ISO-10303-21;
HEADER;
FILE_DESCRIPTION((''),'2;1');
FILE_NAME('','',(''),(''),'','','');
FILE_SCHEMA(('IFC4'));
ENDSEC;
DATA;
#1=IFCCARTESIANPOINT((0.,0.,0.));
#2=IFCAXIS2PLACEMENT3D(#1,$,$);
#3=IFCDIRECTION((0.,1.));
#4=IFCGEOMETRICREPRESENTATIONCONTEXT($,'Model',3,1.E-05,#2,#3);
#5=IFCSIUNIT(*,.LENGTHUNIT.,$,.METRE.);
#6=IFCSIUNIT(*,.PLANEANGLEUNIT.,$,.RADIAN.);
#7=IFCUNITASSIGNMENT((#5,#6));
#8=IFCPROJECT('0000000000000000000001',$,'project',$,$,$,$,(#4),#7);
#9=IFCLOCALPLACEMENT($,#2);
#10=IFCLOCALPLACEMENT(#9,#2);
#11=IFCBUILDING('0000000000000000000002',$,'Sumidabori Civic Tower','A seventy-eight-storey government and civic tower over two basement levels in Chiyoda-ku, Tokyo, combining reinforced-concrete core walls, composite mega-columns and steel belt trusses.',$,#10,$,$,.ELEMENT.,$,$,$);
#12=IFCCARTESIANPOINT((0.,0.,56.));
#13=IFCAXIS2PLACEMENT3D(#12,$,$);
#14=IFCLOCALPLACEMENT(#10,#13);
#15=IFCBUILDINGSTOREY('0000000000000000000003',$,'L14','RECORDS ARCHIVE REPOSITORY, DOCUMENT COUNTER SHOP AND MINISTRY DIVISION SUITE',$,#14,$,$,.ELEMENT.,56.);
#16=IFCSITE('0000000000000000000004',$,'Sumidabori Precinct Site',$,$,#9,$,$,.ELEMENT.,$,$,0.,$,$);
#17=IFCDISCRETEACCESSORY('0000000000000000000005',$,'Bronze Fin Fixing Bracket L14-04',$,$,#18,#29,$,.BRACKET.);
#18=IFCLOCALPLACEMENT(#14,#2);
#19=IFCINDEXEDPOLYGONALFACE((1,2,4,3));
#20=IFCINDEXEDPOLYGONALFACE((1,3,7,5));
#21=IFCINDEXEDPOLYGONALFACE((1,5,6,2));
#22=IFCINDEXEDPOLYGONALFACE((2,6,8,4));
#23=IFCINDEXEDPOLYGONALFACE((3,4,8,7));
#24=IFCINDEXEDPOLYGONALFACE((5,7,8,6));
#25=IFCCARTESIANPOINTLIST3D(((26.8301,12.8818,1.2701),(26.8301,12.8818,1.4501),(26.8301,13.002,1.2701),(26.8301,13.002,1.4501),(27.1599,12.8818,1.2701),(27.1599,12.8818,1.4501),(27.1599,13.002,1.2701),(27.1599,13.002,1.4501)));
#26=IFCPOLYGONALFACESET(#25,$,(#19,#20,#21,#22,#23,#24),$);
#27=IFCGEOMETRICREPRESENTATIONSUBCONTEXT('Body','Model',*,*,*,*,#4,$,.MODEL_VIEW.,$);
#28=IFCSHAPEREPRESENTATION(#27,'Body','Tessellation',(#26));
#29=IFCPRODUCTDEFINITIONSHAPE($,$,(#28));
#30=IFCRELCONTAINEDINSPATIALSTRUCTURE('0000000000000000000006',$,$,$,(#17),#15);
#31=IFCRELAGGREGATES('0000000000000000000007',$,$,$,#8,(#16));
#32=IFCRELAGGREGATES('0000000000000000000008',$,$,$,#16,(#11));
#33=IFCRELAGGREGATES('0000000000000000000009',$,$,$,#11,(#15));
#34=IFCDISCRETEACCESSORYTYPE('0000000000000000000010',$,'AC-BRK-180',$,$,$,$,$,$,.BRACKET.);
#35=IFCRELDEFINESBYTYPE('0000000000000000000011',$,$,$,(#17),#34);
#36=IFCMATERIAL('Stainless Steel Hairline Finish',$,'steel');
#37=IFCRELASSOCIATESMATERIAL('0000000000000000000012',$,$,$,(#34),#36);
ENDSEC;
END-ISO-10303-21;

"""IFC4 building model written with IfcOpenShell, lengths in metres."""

from ifc_helpers import new_model, si_unit, direction, frame, origin, origin_2d, place, context, subcontext, project, spatial, rectangle, extrude, source, transform, mapped, material, material_profile, profile_set, type_object, element, save


model = new_model("IFC4")

# Units and contexts
model_context = context("Model", 3, precision=1e-05, world=origin(), true_north=direction((0.0, 1.0)))
body_context = subcontext(model_context, "Body", "Model", "MODEL_VIEW")
ifc_project = project(units=[si_unit("LENGTHUNIT", "METRE"), si_unit("PLANEANGLEUNIT", "RADIAN")], contexts=[model_context])

# Site, building, storey
site_placement = place(None, origin())
site = spatial("IfcSite", under=ifc_project, at=site_placement, Name="Sumidabori Precinct Site", CompositionType="ELEMENT", RefElevation=0.0)
building_placement = place(site_placement, origin())
building = spatial("IfcBuilding", under=site, at=building_placement, Name="Sumidabori Civic Tower", Description="A seventy-eight-storey government and civic tower over two basement levels in Chiyoda-ku, Tokyo, combining reinforced-concrete core walls, composite mega-columns and steel belt trusses.", CompositionType="ELEMENT")
storey_placement = place(building_placement, frame((0.0, 0.0, 56.0)))
storey = spatial("IfcBuildingStorey", under=building, at=storey_placement, Name="L14", Description="RECORDS ARCHIVE REPOSITORY, DOCUMENT COUNTER SHOP AND MINISTRY DIVISION SUITE", CompositionType="ELEMENT", Elevation=56.0)

# Shared definitions
ifc_material_1 = material(Name="Stainless Steel Hairline Finish", Category="steel")

# Discrete accessory
ifc_material_profile_1 = material_profile(ifc_material_1, rectangle(XDim=0.1201, YDim=0.1799, at=origin_2d()), Name="STEEL BRACKET 180x120")
ifc_profile_set_1 = profile_set([ifc_material_profile_1], Name="Stainless Steel Hairline Finish")
discrete_accessory_type = type_object("IfcDiscreteAccessoryType", Name="AC-BRK-180", PredefinedType="BRACKET", material=ifc_profile_set_1)
shared_shape_1 = source(origin(), body_context, "Body", "SweptSolid", [
    extrude(rectangle(XDim=0.1201, YDim=0.1799, at=origin_2d()), origin(), (0.0, 0.0, 1.0), 0.3298),
])
discrete_accessory_placement = place(storey_placement, frame((26.8301, 12.9419, 1.3601), z_axis=(1.0, 0.0, 0.0), x_axis=(0.0, 1.0, 0.0)))
element("IfcDiscreteAccessory", 1, at=discrete_accessory_placement, inside=storey, type_object=discrete_accessory_type, Name="Bronze Fin Fixing Bracket L14-04", PredefinedType="BRACKET", context=body_context, shape_type="MappedRepresentation", body=[
    mapped(shared_shape_1, transform((0.0, 0.0, 0.0), x_axis=(1.0, 0.0, 0.0), y_axis=(0.0, 1.0, 0.0), z_axis=(0.0, 0.0, 1.0), scale=1.0)),
])

save(model, "model.ifc")
